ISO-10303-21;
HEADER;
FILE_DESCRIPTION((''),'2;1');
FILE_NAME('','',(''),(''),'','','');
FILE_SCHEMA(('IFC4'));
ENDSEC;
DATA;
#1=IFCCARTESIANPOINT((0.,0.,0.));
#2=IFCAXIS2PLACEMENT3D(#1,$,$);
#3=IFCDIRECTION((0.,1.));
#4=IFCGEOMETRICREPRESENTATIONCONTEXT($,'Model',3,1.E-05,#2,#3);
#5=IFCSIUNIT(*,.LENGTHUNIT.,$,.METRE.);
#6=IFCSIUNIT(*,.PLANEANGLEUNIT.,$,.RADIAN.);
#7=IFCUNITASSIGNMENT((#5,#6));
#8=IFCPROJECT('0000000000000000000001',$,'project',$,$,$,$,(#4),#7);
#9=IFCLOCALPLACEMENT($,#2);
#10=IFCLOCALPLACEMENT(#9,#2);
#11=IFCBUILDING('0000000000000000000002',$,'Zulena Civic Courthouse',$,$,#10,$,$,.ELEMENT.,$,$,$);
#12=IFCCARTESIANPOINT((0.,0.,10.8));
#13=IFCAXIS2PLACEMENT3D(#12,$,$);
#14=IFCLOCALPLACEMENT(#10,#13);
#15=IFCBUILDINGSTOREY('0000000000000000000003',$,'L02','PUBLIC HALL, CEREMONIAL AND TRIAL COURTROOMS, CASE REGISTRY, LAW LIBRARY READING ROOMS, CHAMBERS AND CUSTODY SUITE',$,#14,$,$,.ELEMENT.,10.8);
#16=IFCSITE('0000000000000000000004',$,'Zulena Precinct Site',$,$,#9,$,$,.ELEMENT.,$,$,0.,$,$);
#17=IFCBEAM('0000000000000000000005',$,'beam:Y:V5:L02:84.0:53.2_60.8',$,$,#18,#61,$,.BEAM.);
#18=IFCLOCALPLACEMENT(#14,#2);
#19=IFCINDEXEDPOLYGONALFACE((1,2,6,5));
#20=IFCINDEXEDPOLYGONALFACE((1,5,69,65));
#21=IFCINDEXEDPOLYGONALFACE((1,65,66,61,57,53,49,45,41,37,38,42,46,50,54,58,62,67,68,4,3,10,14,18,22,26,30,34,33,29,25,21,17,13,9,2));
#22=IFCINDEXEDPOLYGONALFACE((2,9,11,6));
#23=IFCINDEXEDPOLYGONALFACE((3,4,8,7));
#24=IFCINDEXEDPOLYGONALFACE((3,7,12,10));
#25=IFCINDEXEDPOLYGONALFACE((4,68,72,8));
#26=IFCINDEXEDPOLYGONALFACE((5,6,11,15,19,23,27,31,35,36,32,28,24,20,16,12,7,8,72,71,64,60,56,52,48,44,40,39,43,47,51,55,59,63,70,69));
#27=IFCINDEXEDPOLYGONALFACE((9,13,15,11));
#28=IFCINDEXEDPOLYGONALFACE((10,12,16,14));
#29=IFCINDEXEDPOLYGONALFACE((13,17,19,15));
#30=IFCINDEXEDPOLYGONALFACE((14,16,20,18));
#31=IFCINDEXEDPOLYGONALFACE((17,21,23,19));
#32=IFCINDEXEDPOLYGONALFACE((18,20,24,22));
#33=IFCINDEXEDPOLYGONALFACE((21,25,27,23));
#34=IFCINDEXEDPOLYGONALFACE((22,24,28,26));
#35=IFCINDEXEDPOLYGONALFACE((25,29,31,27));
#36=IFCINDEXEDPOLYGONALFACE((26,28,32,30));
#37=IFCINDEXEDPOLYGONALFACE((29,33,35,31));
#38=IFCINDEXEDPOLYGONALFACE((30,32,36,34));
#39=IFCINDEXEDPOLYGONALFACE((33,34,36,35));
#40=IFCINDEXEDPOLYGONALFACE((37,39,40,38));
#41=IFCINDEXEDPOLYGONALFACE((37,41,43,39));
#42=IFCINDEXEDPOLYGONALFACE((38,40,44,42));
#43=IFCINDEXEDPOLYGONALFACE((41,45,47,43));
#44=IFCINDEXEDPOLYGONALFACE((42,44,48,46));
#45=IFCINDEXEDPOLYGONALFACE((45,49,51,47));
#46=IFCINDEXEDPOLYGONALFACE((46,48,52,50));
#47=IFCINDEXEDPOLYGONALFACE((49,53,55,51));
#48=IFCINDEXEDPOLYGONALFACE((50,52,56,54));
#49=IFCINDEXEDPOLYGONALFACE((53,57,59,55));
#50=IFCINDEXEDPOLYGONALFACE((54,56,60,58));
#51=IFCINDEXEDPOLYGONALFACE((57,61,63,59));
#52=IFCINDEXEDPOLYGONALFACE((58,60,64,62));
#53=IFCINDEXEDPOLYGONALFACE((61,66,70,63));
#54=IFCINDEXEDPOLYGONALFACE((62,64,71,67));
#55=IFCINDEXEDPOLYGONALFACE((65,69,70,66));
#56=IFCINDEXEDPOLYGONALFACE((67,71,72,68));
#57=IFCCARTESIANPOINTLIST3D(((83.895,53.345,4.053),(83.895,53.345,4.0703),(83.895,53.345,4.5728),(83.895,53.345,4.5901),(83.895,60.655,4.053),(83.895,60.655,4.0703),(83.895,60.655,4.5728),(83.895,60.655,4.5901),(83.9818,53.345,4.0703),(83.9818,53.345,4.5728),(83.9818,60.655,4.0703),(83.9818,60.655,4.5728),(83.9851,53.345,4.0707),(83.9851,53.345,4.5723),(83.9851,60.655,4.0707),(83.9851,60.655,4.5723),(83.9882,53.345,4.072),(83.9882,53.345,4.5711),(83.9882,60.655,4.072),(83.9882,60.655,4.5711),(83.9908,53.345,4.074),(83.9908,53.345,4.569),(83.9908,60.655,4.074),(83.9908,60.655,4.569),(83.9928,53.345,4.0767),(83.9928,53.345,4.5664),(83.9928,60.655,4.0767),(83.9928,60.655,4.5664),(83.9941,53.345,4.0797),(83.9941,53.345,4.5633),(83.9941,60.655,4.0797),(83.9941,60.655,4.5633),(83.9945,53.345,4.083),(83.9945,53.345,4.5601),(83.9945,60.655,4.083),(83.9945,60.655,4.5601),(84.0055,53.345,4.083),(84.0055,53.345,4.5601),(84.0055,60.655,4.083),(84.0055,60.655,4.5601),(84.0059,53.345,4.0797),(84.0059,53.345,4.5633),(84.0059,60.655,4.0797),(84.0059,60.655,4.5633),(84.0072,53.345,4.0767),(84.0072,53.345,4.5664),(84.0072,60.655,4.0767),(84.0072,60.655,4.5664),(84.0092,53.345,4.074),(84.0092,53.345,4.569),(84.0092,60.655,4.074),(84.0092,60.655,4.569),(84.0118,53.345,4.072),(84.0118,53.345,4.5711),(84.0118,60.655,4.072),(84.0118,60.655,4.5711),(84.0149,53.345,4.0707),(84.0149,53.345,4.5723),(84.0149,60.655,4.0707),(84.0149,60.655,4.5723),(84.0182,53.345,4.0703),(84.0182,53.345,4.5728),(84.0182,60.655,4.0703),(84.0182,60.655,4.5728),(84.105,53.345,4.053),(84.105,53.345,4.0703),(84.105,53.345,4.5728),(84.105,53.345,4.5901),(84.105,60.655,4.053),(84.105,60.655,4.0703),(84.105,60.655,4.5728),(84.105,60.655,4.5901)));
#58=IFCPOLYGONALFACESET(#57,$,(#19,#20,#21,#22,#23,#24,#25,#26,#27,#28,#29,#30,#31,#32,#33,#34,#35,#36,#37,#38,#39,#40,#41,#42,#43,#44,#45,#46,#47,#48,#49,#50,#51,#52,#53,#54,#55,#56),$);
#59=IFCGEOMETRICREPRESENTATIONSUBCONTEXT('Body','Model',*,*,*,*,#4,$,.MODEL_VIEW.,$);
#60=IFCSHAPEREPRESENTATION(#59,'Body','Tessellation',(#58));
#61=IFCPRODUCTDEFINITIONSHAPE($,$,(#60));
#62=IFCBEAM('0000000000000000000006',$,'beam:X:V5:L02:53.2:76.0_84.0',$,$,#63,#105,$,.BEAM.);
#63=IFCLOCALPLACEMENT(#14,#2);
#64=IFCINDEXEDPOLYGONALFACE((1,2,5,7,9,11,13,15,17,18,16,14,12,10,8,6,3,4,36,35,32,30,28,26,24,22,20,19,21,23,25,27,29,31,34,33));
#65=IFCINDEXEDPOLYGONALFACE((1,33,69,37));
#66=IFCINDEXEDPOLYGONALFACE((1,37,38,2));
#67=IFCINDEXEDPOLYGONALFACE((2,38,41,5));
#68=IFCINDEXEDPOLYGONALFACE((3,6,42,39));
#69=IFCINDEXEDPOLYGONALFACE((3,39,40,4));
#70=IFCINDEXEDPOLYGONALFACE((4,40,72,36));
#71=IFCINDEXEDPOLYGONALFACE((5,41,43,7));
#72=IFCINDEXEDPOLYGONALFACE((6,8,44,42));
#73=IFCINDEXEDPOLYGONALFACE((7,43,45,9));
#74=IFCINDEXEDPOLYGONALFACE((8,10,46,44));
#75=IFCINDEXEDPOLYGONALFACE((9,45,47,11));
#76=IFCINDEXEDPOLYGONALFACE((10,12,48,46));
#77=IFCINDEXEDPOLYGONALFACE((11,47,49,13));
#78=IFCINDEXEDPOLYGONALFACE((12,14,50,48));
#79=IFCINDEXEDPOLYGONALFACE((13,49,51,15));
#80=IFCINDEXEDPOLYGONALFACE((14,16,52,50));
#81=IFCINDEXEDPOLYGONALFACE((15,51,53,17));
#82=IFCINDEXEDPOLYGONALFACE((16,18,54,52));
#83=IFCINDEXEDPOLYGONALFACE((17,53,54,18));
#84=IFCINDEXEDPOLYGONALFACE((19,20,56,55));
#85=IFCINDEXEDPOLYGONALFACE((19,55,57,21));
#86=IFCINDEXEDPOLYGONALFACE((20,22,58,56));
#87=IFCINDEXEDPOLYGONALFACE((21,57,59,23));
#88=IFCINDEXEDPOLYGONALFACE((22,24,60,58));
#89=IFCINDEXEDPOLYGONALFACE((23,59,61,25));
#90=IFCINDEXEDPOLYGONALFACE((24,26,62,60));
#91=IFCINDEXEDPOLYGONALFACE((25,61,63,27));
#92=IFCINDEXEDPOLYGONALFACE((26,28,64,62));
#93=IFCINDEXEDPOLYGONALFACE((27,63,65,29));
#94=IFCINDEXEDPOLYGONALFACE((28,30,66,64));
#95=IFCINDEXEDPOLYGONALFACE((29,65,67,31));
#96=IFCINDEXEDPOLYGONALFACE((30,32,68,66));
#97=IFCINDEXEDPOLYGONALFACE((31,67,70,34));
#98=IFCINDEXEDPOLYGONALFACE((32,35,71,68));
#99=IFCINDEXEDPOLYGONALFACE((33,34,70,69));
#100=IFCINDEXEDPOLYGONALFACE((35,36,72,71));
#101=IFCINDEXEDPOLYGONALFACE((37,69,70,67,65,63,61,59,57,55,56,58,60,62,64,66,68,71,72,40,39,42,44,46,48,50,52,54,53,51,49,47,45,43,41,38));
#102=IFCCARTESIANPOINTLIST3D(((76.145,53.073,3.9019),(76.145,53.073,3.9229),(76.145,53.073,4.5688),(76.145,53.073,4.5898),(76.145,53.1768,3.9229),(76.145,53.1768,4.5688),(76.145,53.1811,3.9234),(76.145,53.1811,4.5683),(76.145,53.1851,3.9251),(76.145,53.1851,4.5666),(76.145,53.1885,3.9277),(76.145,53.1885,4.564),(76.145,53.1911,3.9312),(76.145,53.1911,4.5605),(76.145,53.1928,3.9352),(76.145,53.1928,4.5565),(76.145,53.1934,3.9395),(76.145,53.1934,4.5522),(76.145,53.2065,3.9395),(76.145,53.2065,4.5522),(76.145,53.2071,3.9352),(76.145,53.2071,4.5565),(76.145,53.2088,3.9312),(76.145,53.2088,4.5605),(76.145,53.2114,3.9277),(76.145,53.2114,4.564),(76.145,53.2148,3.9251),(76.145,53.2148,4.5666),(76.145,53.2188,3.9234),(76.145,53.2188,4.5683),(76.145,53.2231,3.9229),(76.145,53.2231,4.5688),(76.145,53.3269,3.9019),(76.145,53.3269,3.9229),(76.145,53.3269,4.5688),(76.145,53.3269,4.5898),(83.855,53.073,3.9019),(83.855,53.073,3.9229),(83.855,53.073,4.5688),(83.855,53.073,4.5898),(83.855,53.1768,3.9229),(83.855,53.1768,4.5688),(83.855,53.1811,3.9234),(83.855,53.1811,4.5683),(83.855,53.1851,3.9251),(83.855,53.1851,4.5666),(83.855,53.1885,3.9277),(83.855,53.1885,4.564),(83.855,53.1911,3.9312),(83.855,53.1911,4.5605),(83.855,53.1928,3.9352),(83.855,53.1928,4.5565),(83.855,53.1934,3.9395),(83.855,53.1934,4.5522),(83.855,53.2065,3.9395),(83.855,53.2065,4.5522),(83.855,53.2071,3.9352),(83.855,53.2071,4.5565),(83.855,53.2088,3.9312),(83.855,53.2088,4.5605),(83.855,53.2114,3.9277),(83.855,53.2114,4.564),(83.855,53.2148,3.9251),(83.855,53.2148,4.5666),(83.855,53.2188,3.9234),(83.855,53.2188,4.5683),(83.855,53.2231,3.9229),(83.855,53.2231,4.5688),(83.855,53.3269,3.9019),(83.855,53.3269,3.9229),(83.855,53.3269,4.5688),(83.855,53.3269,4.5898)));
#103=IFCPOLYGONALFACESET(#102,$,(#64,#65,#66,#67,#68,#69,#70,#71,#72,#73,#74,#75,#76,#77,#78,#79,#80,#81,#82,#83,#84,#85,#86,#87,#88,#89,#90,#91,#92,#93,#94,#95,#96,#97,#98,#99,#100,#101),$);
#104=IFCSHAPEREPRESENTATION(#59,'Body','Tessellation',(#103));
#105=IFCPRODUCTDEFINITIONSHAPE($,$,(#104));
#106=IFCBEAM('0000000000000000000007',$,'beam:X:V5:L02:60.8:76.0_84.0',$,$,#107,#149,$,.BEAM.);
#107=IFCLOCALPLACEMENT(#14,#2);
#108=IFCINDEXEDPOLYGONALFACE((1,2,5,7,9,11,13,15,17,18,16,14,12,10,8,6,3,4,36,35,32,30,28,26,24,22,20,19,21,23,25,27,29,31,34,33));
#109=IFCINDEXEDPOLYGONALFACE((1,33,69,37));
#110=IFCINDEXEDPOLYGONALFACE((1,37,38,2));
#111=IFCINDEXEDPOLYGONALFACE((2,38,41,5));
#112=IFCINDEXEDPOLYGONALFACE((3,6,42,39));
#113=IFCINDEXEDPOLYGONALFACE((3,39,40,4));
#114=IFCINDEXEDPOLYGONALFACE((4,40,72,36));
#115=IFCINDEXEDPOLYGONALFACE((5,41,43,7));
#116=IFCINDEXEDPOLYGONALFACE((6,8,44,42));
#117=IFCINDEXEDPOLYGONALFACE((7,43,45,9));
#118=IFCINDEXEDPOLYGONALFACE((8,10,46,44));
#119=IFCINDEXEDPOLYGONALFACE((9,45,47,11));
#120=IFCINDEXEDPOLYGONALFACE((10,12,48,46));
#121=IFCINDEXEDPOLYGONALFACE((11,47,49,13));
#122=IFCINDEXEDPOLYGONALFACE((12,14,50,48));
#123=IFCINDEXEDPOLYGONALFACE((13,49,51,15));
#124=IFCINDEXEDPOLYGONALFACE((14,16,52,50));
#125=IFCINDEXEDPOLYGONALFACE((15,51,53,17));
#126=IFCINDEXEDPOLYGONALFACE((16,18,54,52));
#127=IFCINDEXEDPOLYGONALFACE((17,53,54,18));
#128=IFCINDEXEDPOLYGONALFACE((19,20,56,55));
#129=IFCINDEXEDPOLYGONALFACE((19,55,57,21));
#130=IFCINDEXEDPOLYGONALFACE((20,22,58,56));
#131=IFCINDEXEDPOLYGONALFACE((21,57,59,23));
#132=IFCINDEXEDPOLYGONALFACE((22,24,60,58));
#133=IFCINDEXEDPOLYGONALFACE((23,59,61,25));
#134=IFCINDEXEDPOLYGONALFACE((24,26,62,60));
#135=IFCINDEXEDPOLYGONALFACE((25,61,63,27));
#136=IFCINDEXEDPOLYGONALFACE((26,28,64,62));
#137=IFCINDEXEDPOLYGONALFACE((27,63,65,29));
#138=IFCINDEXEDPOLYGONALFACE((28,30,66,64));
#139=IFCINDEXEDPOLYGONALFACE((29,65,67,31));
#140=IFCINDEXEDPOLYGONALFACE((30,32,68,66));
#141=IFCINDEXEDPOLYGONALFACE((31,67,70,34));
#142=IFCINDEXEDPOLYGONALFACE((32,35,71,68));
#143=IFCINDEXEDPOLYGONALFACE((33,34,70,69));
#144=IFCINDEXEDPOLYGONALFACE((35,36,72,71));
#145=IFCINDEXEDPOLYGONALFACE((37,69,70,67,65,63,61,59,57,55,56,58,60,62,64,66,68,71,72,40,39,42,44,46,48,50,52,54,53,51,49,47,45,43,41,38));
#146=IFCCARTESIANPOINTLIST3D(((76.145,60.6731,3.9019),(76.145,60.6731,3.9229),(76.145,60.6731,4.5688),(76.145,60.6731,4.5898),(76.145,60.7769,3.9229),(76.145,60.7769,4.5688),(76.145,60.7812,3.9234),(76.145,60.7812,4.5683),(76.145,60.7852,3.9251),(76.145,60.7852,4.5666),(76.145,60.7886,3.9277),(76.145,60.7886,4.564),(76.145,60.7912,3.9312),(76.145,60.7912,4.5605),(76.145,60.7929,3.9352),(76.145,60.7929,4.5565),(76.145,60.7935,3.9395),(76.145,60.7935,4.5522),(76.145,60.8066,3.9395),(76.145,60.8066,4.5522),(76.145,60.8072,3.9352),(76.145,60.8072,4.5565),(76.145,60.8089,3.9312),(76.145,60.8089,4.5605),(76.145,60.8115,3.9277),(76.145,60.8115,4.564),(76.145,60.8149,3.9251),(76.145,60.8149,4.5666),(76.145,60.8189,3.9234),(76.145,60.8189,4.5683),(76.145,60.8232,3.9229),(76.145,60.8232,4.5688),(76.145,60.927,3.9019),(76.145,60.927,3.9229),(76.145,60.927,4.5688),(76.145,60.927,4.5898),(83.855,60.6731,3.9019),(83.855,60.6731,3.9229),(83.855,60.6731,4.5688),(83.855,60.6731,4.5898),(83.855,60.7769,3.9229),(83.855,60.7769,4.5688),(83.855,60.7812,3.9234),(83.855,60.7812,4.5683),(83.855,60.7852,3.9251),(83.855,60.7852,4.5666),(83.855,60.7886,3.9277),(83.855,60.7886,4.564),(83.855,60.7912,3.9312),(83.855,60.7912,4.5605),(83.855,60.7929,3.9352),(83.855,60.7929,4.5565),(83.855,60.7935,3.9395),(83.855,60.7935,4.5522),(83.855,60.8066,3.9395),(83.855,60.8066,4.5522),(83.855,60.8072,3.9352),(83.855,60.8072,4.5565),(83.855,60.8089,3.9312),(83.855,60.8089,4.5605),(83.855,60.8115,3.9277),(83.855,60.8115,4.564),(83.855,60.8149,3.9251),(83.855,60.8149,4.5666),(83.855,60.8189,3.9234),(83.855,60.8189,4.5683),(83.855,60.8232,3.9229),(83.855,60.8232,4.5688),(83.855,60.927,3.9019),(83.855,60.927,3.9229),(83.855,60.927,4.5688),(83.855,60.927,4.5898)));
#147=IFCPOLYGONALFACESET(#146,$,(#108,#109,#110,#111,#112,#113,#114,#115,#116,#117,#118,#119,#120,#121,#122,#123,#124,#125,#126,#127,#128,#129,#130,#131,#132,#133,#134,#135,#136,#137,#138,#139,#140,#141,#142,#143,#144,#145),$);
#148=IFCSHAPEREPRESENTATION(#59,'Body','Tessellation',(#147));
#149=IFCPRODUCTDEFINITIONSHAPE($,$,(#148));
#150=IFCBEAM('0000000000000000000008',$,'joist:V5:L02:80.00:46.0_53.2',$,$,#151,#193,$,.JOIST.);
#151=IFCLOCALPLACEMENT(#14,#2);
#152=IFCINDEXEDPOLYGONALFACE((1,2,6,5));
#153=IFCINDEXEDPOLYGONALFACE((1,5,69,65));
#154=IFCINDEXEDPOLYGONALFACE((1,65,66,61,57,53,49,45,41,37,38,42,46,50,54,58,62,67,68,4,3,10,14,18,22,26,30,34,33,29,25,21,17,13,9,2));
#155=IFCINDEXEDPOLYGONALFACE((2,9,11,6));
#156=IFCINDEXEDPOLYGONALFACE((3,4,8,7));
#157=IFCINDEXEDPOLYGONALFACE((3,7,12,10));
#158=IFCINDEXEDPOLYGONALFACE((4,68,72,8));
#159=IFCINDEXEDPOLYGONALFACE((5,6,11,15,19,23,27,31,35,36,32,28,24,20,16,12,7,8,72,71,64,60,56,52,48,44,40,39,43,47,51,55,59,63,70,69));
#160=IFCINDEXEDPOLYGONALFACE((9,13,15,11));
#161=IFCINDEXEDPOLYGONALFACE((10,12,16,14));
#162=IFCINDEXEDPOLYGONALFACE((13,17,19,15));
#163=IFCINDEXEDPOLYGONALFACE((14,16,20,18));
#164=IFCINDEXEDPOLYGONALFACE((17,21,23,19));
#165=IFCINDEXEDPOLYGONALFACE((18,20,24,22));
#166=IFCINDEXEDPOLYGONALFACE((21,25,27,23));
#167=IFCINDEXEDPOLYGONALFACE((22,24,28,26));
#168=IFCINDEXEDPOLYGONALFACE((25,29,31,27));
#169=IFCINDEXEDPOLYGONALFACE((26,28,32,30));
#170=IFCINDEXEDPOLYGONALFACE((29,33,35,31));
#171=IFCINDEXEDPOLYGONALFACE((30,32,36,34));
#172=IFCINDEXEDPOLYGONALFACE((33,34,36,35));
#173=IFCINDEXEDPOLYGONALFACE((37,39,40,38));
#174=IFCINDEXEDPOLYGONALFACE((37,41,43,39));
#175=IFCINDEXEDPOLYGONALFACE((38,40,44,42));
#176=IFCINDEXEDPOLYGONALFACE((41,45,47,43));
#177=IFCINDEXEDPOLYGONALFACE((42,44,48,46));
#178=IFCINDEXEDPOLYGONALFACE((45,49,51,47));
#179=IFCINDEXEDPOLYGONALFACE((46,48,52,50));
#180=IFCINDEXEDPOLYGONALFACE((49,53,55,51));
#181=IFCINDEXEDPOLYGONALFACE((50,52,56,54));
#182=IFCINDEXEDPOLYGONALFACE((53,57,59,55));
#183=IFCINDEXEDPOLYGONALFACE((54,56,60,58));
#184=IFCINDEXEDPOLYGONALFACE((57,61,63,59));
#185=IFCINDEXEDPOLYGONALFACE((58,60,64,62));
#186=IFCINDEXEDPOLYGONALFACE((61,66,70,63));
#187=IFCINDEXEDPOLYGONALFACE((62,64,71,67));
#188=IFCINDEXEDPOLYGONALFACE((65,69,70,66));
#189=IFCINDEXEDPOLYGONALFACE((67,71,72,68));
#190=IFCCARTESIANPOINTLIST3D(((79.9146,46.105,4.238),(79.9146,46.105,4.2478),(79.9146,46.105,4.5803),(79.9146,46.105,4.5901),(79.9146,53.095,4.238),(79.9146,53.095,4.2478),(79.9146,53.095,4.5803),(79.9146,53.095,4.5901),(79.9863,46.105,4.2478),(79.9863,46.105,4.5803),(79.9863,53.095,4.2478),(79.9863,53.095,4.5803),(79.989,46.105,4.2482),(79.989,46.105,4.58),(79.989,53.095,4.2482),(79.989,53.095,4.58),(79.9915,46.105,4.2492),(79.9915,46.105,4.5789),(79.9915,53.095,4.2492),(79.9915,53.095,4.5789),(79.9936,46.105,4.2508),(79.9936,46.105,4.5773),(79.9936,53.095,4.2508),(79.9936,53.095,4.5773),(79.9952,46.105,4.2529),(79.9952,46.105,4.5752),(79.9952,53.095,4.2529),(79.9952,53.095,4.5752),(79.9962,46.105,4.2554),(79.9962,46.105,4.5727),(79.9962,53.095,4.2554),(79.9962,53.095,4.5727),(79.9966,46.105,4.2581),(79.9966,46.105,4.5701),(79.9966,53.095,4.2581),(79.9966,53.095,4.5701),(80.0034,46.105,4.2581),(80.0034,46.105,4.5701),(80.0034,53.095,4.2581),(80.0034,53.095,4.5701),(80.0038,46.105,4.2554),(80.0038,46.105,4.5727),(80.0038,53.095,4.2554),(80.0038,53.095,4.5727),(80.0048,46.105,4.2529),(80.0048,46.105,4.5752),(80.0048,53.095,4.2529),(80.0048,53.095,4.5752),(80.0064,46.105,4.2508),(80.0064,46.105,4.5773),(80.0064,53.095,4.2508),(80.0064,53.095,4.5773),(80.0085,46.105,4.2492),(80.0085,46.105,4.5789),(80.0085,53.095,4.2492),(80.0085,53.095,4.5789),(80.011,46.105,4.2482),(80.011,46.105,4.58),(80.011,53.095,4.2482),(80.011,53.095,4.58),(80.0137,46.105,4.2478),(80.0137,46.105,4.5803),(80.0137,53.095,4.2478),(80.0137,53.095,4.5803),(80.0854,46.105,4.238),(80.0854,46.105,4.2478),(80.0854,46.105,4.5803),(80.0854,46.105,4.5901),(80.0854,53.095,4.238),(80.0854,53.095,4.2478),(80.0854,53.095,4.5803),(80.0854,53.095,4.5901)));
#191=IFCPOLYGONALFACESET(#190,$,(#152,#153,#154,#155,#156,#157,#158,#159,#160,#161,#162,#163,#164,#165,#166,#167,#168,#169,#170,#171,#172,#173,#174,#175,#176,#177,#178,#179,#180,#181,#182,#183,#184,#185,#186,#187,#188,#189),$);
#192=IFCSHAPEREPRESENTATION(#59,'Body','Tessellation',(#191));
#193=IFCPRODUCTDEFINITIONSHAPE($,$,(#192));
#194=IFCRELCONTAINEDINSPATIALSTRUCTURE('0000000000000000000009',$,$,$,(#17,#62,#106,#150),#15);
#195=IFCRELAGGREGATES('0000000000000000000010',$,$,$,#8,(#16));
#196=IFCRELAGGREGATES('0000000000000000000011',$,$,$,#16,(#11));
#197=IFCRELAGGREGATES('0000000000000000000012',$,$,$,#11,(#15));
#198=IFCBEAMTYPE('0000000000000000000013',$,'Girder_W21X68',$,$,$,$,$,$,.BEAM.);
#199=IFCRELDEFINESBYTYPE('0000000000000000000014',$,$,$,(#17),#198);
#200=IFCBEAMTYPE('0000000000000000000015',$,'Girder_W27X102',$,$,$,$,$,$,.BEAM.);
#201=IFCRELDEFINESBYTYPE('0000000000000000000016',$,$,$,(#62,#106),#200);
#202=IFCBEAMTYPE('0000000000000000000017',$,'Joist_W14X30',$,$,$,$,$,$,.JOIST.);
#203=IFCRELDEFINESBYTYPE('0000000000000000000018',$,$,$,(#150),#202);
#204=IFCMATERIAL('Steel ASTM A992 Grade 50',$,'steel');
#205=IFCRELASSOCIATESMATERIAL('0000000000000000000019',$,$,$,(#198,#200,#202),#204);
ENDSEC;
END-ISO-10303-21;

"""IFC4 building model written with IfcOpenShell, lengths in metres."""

from ifc_helpers import new_model, si_unit, direction, frame, origin, origin_2d, place, context, subcontext, project, spatial, i_section, extrude, material, material_profile, profile_set, type_object, element, save


model = new_model("IFC4")

# Units and contexts
model_context = context("Model", 3, precision=1e-05, world=origin(), true_north=direction((0.0, 1.0)))
body_context = subcontext(model_context, "Body", "Model", "MODEL_VIEW")
ifc_project = project(units=[si_unit("LENGTHUNIT", "METRE"), si_unit("PLANEANGLEUNIT", "RADIAN")], contexts=[model_context])

# Site, building, storey
site_placement = place(None, origin())
site = spatial("IfcSite", under=ifc_project, at=site_placement, Name="Zulena Precinct Site", CompositionType="ELEMENT", RefElevation=0.0)
building_placement = place(site_placement, origin())
building = spatial("IfcBuilding", under=site, at=building_placement, Name="Zulena Civic Courthouse", CompositionType="ELEMENT")
storey_placement = place(building_placement, frame((0.0, 0.0, 10.8)))
storey = spatial("IfcBuildingStorey", under=building, at=storey_placement, Name="L02", Description="PUBLIC HALL, CEREMONIAL AND TRIAL COURTROOMS, CASE REGISTRY, LAW LIBRARY READING ROOMS, CHAMBERS AND CUSTODY SUITE", CompositionType="ELEMENT", Elevation=10.8)

# Shared definitions
ifc_material_1 = material(Name="Steel ASTM A992 Grade 50", Category="steel")

# Beams
ifc_material_profile_1 = material_profile(ifc_material_1, i_section(OverallWidth=0.21, OverallDepth=0.5371, WebThickness=0.011, FlangeThickness=0.0173, FilletRadius=0.0127, at=origin_2d()), Name="W21X68")
ifc_profile_set_1 = profile_set([ifc_material_profile_1], Name="Steel ASTM A992 Grade 50")
beam_type_1 = type_object("IfcBeamType", Name="Girder_W21X68", PredefinedType="BEAM", material=ifc_profile_set_1)
beam_1_placement = place(storey_placement, frame((84.0, 53.345, 4.3215), z_axis=(0.0, 1.0, 0.0), x_axis=(-1.0, 0.0, 0.0)))
element("IfcBeam", 1, at=beam_1_placement, inside=storey, type_object=beam_type_1, Name="beam:Y:V5:L02:84.0:53.2_60.8", PredefinedType="BEAM", context=body_context, shape_type="SweptSolid", body=[
    extrude(i_section(OverallWidth=0.21, OverallDepth=0.5371, WebThickness=0.011, FlangeThickness=0.0173, FilletRadius=0.0127, at=origin_2d()), origin(), (0.0, 0.0, 1.0), 7.3101),
])
ifc_material_profile_2 = material_profile(ifc_material_1, i_section(OverallWidth=0.2539, OverallDepth=0.688, WebThickness=0.0132, FlangeThickness=0.021, FilletRadius=0.0166, at=origin_2d()), Name="W27X102")
ifc_profile_set_2 = profile_set([ifc_material_profile_2], Name="Steel ASTM A992 Grade 50")
beam_type_2 = type_object("IfcBeamType", Name="Girder_W27X102", PredefinedType="BEAM", material=ifc_profile_set_2)
for number, where, z_axis, x_axis, name in (
    (2, (76.145, 53.2, 4.2458), (1.0, 0.0, 0.0), (0.0, 1.0, 0.0), "beam:X:V5:L02:53.2:76.0_84.0"),
    (3, (76.145, 60.8, 4.2458), (1.0, 0.0, 0.0), (0.0, 1.0, 0.0), "beam:X:V5:L02:60.8:76.0_84.0"),
):
    element("IfcBeam", number, at=place(storey_placement, frame(where, z_axis=z_axis, x_axis=x_axis)), inside=storey, type_object=beam_type_2, Name=name, PredefinedType="BEAM", context=body_context, shape_type="SweptSolid", body=[
        extrude(i_section(OverallWidth=0.2539, OverallDepth=0.688, WebThickness=0.0132, FlangeThickness=0.021, FilletRadius=0.0166, at=origin_2d()), origin(), (0.0, 0.0, 1.0), 7.71),
    ])
ifc_material_profile_3 = material_profile(ifc_material_1, i_section(OverallWidth=0.1709, OverallDepth=0.3521, WebThickness=0.0068, FlangeThickness=0.0098, FilletRadius=0.0103, at=origin_2d()), Name="W14X30")
ifc_profile_set_3 = profile_set([ifc_material_profile_3], Name="Steel ASTM A992 Grade 50")
beam_type_3 = type_object("IfcBeamType", Name="Joist_W14X30", PredefinedType="JOIST", material=ifc_profile_set_3)
beam_2_placement = place(storey_placement, frame((80.0, 46.105, 4.4141), z_axis=(0.0, 1.0, 0.0), x_axis=(-1.0, 0.0, 0.0)))
element("IfcBeam", 4, at=beam_2_placement, inside=storey, type_object=beam_type_3, Name="joist:V5:L02:80.00:46.0_53.2", PredefinedType="JOIST", context=body_context, shape_type="SweptSolid", body=[
    extrude(i_section(OverallWidth=0.1709, OverallDepth=0.3521, WebThickness=0.0068, FlangeThickness=0.0098, FilletRadius=0.0103, at=origin_2d()), origin(), (0.0, 0.0, 1.0), 6.99),
])

save(model, "model.ifc")
